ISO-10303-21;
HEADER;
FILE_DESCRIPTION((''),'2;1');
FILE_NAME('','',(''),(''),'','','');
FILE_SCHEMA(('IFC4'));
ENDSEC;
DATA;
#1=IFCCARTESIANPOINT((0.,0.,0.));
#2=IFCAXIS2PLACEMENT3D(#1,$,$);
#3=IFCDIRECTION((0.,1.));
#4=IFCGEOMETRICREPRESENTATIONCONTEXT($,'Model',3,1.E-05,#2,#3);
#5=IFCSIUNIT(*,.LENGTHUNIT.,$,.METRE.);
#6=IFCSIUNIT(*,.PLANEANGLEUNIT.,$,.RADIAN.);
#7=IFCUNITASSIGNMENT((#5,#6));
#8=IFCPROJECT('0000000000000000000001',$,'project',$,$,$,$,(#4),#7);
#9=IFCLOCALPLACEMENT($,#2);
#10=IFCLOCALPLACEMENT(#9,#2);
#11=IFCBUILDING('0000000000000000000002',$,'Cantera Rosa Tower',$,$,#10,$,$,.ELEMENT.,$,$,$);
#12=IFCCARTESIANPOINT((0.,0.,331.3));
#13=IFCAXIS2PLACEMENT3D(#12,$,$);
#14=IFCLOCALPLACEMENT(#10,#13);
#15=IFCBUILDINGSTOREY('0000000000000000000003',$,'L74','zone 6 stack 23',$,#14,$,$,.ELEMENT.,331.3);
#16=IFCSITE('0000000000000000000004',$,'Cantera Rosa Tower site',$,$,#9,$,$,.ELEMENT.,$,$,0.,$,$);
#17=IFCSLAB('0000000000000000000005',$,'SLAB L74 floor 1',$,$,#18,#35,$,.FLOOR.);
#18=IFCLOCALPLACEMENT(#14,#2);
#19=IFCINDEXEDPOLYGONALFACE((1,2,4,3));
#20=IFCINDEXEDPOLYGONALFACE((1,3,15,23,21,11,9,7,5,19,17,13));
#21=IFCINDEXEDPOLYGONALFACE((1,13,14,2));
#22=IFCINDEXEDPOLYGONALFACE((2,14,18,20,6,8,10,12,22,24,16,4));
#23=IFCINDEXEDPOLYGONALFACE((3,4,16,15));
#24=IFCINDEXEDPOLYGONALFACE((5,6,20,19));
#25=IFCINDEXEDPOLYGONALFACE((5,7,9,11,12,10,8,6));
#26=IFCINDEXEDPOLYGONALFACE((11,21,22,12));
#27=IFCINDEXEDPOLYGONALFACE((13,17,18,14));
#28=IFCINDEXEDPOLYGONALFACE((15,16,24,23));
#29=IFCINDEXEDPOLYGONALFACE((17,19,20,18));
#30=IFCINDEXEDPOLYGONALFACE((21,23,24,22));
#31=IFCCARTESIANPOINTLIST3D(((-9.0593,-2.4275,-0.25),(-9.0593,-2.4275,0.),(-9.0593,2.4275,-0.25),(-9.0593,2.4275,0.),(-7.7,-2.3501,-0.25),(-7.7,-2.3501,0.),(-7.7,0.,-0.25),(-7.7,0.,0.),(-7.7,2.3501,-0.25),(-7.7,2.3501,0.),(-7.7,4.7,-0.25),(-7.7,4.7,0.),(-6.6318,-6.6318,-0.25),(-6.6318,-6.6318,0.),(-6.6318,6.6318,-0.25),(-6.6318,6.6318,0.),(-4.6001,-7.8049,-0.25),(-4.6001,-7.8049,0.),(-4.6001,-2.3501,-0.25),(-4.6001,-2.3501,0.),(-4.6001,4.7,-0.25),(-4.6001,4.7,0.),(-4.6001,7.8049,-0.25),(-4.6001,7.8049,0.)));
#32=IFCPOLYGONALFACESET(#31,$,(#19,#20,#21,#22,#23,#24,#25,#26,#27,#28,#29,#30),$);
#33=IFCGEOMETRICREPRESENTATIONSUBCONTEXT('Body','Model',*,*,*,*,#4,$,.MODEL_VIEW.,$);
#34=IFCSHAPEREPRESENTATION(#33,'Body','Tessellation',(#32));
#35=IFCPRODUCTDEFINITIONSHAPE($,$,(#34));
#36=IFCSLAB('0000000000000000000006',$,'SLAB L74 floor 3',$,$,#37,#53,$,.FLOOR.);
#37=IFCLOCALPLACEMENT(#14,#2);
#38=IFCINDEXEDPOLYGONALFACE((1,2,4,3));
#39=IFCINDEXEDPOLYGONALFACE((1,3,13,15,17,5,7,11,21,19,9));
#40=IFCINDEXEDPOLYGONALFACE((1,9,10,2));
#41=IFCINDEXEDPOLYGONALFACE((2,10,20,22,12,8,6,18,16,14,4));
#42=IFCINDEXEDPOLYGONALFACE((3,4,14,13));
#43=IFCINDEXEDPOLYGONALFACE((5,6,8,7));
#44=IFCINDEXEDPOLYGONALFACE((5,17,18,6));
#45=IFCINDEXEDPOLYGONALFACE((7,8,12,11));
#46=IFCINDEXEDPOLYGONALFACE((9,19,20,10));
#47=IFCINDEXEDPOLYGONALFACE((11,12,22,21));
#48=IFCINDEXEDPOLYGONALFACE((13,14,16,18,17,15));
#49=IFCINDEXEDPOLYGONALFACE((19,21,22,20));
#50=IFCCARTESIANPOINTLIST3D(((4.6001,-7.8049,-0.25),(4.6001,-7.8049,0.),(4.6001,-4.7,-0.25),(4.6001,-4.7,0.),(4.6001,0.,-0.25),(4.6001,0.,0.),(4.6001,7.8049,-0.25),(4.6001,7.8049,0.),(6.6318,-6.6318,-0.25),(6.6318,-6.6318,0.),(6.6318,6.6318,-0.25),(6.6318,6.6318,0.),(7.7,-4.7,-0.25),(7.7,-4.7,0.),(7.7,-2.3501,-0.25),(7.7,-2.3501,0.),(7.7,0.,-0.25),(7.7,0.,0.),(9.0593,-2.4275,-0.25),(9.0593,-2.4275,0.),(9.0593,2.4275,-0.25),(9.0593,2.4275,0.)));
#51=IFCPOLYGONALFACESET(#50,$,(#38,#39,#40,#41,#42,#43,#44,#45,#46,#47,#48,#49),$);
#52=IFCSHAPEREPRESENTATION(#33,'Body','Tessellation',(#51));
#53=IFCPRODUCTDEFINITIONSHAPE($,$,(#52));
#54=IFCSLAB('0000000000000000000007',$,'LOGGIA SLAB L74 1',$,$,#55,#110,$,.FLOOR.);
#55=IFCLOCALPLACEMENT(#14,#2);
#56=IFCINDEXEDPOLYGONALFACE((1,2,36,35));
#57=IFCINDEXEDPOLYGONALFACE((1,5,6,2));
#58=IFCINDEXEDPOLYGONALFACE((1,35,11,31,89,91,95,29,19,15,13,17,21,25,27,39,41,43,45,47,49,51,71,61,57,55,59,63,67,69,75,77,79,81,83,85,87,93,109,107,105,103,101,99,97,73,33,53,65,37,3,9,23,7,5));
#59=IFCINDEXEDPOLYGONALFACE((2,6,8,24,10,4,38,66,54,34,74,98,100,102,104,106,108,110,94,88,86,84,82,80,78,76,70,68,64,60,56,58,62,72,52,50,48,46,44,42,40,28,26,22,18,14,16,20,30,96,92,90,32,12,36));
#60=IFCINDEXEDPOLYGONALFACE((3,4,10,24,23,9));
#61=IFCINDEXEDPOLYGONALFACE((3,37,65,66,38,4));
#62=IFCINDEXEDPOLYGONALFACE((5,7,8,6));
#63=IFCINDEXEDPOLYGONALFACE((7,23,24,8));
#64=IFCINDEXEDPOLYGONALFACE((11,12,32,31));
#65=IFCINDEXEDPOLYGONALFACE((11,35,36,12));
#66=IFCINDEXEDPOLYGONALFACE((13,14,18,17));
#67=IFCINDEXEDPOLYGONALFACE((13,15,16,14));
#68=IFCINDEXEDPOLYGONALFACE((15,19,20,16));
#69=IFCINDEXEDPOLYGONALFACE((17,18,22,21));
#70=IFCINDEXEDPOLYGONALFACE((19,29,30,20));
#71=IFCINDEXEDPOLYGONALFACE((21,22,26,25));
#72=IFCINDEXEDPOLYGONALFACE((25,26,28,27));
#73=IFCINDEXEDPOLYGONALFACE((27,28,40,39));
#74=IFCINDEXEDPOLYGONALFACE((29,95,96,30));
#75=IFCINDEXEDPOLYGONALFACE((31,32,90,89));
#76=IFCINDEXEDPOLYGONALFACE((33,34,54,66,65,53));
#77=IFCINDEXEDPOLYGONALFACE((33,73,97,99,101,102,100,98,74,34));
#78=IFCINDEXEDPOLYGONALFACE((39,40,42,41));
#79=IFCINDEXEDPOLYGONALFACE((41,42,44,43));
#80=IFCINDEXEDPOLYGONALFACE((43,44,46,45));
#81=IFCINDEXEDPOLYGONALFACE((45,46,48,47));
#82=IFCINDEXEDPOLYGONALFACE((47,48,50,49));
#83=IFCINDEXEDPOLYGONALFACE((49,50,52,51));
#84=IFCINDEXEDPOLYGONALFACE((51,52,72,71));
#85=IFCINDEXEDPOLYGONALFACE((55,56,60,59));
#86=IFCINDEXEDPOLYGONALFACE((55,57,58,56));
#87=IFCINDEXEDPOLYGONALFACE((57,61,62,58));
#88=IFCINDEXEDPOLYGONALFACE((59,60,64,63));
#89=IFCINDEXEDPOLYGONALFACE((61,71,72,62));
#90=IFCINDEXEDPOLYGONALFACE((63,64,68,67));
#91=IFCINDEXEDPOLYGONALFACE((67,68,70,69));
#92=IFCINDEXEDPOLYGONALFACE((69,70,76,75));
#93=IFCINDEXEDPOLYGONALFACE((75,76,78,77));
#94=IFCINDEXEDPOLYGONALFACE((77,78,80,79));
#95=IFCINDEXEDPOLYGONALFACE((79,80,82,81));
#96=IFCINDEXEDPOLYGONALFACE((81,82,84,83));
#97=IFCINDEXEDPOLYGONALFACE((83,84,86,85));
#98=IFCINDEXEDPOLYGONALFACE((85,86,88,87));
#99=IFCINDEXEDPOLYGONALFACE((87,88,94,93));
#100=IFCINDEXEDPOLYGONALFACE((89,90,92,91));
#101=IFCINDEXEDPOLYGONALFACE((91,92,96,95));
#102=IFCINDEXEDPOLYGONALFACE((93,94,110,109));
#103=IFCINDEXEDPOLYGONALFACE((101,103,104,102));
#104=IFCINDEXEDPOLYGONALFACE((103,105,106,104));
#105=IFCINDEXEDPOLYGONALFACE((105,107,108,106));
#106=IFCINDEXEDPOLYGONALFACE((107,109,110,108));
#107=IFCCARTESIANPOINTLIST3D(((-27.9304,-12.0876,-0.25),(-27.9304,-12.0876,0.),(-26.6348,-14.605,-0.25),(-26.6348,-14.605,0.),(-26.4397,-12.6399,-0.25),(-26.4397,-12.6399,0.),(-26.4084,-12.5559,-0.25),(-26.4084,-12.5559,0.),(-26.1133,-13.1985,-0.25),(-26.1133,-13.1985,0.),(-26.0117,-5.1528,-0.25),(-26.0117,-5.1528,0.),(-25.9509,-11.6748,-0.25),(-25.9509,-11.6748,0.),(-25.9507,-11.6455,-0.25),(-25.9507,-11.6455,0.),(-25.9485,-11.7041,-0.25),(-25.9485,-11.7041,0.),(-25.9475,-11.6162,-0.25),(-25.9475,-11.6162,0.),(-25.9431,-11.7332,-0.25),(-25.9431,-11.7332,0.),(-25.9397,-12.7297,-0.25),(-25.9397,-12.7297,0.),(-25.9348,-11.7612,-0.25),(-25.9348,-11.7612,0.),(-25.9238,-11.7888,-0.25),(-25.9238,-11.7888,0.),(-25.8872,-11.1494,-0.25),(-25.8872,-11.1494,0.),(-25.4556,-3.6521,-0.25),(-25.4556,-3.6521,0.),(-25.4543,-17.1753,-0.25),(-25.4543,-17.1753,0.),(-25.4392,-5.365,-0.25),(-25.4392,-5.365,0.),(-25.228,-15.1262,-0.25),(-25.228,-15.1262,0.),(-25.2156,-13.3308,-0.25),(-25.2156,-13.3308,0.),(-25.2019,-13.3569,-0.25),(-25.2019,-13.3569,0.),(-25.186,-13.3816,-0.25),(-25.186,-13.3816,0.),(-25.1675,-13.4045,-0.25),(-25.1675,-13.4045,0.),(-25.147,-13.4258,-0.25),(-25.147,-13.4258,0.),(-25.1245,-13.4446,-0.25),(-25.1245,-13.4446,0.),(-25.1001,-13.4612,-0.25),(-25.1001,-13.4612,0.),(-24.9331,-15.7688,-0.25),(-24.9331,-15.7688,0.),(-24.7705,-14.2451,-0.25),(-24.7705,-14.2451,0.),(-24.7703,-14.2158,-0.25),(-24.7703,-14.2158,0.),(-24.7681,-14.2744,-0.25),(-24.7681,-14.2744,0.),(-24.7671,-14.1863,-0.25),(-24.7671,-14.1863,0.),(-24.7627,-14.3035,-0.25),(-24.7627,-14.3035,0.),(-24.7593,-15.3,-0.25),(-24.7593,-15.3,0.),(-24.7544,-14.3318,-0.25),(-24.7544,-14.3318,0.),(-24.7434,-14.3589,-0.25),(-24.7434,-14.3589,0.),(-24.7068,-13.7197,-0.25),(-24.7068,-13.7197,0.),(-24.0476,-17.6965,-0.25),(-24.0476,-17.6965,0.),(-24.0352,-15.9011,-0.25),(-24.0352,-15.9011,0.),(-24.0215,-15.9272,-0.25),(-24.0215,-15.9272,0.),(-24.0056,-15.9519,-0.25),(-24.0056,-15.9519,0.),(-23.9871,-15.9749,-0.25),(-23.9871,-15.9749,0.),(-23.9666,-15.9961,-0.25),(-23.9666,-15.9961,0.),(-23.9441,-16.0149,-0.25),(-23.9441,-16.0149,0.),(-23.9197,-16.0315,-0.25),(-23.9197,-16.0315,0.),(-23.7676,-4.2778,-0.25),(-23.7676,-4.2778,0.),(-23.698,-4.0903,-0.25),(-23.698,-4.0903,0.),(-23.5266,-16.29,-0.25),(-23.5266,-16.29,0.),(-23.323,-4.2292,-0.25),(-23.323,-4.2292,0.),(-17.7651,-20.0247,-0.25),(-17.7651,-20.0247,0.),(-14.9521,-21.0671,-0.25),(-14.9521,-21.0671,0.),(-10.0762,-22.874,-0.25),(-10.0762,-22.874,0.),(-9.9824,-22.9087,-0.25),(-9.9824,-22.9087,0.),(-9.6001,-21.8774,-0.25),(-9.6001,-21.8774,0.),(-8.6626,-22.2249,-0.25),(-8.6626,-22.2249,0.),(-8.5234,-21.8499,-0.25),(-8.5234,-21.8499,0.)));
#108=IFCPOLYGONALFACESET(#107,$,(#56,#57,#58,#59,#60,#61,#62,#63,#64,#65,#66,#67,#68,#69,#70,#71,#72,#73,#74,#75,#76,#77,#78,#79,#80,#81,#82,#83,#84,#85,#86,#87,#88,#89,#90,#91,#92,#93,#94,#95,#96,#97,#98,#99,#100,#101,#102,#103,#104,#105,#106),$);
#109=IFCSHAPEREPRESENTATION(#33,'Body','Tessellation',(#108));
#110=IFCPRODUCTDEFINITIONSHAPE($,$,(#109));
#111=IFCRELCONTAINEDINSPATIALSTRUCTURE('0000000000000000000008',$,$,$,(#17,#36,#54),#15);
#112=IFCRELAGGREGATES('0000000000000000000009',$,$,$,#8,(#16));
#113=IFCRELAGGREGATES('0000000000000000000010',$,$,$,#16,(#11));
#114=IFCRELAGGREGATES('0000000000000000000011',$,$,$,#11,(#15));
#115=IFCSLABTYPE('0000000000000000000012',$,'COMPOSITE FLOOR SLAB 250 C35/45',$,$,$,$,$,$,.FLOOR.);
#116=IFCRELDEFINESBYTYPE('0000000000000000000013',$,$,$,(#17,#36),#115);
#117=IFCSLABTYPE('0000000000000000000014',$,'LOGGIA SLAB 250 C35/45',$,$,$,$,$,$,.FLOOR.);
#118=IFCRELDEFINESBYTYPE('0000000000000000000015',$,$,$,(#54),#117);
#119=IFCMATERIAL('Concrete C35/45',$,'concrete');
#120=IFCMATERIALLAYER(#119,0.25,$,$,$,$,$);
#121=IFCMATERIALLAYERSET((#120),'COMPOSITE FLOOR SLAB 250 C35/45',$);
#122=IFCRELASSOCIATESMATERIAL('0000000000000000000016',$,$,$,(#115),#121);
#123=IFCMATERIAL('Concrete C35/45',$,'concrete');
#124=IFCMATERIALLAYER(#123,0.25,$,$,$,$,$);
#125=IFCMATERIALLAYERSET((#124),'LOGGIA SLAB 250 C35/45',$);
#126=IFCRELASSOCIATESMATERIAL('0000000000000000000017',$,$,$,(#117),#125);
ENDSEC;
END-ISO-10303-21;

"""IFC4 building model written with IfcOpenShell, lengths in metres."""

from ifc_helpers import new_model, si_unit, direction, frame, origin, place, context, subcontext, project, spatial, polyline, outline, extrude, material, layer, layer_set, type_object, element, save


model = new_model("IFC4")

# Units and contexts
model_context = context("Model", 3, precision=1e-05, world=origin(), true_north=direction((0.0, 1.0)))
body_context = subcontext(model_context, "Body", "Model", "MODEL_VIEW")
ifc_project = project(units=[si_unit("LENGTHUNIT", "METRE"), si_unit("PLANEANGLEUNIT", "RADIAN")], contexts=[model_context])

# Site, building, storey
site_placement = place(None, origin())
site = spatial("IfcSite", under=ifc_project, at=site_placement, Name="Cantera Rosa Tower site", CompositionType="ELEMENT", RefElevation=0.0)
building_placement = place(site_placement, origin())
building = spatial("IfcBuilding", under=site, at=building_placement, Name="Cantera Rosa Tower", CompositionType="ELEMENT")
storey_placement = place(building_placement, frame((0.0, 0.0, 331.3)))
storey = spatial("IfcBuildingStorey", under=building, at=storey_placement, Name="L74", Description="zone 6 stack 23", CompositionType="ELEMENT", Elevation=331.3)

# Slabs
ifc_material_1 = material(Name="Concrete C35/45", Category="concrete")
ifc_layer_1 = layer(ifc_material_1, 0.25)
ifc_layer_set_1 = layer_set([ifc_layer_1], Name="COMPOSITE FLOOR SLAB 250 C35/45")
slab_type_1 = type_object("IfcSlabType", Name="COMPOSITE FLOOR SLAB 250 C35/45", PredefinedType="FLOOR", material=ifc_layer_set_1)
slab_1_placement = place(storey_placement, frame((0.0, 0.0, -0.25)))
element("IfcSlab", 1, at=slab_1_placement, inside=storey, type_object=slab_type_1, Name="SLAB L74 floor 1", PredefinedType="FLOOR", context=body_context, shape_type="SweptSolid", body=[
    extrude(outline(polyline([(-7.7, -2.3501), (-4.6001, -2.3501), (-4.6001, -7.8049), (-6.6318, -6.6318), (-9.0593, -2.4275), (-9.0593, 2.4275), (-6.6318, 6.6318), (-4.6001, 7.8049), (-4.6001, 4.7), (-7.7, 4.7), (-7.7, 2.3501), (-7.7, 0.0), (-7.7, -2.3501)])), origin(), (0.0, 0.0, 1.0), 0.25),
])
slab_2_placement = place(storey_placement, frame((0.0, 0.0, -0.25)))
element("IfcSlab", 2, at=slab_2_placement, inside=storey, type_object=slab_type_1, Name="SLAB L74 floor 3", PredefinedType="FLOOR", context=body_context, shape_type="SweptSolid", body=[
    extrude(outline(polyline([(4.6001, 0.0), (4.6001, 7.8049), (6.6318, 6.6318), (9.0593, 2.4275), (9.0593, -2.4275), (6.6318, -6.6318), (4.6001, -7.8049), (4.6001, -4.7), (7.7, -4.7), (7.7, -2.3501), (7.7, 0.0), (4.6001, 0.0)])), origin(), (0.0, 0.0, 1.0), 0.25),
])
ifc_material_2 = material(Name="Concrete C35/45", Category="concrete")
ifc_layer_2 = layer(ifc_material_2, 0.25)
ifc_layer_set_2 = layer_set([ifc_layer_2], Name="LOGGIA SLAB 250 C35/45")
slab_type_2 = type_object("IfcSlabType", Name="LOGGIA SLAB 250 C35/45", PredefinedType="FLOOR", material=ifc_layer_set_2)
slab_3_placement = place(storey_placement, frame((0.0, 0.0, -0.25)))
element("IfcSlab", 3, at=slab_3_placement, inside=storey, type_object=slab_type_2, Name="LOGGIA SLAB L74 1", PredefinedType="FLOOR", context=body_context, shape_type="SweptSolid", body=[
    extrude(outline(polyline([(-17.7651, -20.0247), (-24.0476, -17.6965), (-25.4543, -17.1753), (-24.9331, -15.7688), (-24.7593, -15.3), (-25.228, -15.1262), (-26.6348, -14.605), (-26.1133, -13.1985), (-25.9397, -12.7297), (-26.4084, -12.5559), (-26.4397, -12.6399), (-27.9304, -12.0876), (-25.4392, -5.365), (-26.0117, -5.1528), (-25.4556, -3.6521), (-23.7676, -4.2778), (-23.698, -4.0903), (-23.323, -4.2292), (-25.8872, -11.1494), (-25.9475, -11.6162), (-25.9507, -11.6455), (-25.9509, -11.6748), (-25.9485, -11.7041), (-25.9431, -11.7332), (-25.9348, -11.7612), (-25.9238, -11.7888), (-25.2156, -13.3308), (-25.2019, -13.3569), (-25.186, -13.3816), (-25.1675, -13.4045), (-25.147, -13.4258), (-25.1245, -13.4446), (-25.1001, -13.4612), (-24.7068, -13.7197), (-24.7671, -14.1863), (-24.7703, -14.2158), (-24.7705, -14.2451), (-24.7681, -14.2744), (-24.7627, -14.3035), (-24.7544, -14.3318), (-24.7434, -14.3589), (-24.0352, -15.9011), (-24.0215, -15.9272), (-24.0056, -15.9519), (-23.9871, -15.9749), (-23.9666, -15.9961), (-23.9441, -16.0149), (-23.9197, -16.0315), (-23.5266, -16.29), (-8.5234, -21.8499), (-8.6626, -22.2249), (-9.6001, -21.8774), (-9.9824, -22.9087), (-10.0762, -22.874), (-14.9521, -21.0671), (-17.7651, -20.0247)])), origin(), (0.0, 0.0, 1.0), 0.25),
])

save(model, "model.ifc")
